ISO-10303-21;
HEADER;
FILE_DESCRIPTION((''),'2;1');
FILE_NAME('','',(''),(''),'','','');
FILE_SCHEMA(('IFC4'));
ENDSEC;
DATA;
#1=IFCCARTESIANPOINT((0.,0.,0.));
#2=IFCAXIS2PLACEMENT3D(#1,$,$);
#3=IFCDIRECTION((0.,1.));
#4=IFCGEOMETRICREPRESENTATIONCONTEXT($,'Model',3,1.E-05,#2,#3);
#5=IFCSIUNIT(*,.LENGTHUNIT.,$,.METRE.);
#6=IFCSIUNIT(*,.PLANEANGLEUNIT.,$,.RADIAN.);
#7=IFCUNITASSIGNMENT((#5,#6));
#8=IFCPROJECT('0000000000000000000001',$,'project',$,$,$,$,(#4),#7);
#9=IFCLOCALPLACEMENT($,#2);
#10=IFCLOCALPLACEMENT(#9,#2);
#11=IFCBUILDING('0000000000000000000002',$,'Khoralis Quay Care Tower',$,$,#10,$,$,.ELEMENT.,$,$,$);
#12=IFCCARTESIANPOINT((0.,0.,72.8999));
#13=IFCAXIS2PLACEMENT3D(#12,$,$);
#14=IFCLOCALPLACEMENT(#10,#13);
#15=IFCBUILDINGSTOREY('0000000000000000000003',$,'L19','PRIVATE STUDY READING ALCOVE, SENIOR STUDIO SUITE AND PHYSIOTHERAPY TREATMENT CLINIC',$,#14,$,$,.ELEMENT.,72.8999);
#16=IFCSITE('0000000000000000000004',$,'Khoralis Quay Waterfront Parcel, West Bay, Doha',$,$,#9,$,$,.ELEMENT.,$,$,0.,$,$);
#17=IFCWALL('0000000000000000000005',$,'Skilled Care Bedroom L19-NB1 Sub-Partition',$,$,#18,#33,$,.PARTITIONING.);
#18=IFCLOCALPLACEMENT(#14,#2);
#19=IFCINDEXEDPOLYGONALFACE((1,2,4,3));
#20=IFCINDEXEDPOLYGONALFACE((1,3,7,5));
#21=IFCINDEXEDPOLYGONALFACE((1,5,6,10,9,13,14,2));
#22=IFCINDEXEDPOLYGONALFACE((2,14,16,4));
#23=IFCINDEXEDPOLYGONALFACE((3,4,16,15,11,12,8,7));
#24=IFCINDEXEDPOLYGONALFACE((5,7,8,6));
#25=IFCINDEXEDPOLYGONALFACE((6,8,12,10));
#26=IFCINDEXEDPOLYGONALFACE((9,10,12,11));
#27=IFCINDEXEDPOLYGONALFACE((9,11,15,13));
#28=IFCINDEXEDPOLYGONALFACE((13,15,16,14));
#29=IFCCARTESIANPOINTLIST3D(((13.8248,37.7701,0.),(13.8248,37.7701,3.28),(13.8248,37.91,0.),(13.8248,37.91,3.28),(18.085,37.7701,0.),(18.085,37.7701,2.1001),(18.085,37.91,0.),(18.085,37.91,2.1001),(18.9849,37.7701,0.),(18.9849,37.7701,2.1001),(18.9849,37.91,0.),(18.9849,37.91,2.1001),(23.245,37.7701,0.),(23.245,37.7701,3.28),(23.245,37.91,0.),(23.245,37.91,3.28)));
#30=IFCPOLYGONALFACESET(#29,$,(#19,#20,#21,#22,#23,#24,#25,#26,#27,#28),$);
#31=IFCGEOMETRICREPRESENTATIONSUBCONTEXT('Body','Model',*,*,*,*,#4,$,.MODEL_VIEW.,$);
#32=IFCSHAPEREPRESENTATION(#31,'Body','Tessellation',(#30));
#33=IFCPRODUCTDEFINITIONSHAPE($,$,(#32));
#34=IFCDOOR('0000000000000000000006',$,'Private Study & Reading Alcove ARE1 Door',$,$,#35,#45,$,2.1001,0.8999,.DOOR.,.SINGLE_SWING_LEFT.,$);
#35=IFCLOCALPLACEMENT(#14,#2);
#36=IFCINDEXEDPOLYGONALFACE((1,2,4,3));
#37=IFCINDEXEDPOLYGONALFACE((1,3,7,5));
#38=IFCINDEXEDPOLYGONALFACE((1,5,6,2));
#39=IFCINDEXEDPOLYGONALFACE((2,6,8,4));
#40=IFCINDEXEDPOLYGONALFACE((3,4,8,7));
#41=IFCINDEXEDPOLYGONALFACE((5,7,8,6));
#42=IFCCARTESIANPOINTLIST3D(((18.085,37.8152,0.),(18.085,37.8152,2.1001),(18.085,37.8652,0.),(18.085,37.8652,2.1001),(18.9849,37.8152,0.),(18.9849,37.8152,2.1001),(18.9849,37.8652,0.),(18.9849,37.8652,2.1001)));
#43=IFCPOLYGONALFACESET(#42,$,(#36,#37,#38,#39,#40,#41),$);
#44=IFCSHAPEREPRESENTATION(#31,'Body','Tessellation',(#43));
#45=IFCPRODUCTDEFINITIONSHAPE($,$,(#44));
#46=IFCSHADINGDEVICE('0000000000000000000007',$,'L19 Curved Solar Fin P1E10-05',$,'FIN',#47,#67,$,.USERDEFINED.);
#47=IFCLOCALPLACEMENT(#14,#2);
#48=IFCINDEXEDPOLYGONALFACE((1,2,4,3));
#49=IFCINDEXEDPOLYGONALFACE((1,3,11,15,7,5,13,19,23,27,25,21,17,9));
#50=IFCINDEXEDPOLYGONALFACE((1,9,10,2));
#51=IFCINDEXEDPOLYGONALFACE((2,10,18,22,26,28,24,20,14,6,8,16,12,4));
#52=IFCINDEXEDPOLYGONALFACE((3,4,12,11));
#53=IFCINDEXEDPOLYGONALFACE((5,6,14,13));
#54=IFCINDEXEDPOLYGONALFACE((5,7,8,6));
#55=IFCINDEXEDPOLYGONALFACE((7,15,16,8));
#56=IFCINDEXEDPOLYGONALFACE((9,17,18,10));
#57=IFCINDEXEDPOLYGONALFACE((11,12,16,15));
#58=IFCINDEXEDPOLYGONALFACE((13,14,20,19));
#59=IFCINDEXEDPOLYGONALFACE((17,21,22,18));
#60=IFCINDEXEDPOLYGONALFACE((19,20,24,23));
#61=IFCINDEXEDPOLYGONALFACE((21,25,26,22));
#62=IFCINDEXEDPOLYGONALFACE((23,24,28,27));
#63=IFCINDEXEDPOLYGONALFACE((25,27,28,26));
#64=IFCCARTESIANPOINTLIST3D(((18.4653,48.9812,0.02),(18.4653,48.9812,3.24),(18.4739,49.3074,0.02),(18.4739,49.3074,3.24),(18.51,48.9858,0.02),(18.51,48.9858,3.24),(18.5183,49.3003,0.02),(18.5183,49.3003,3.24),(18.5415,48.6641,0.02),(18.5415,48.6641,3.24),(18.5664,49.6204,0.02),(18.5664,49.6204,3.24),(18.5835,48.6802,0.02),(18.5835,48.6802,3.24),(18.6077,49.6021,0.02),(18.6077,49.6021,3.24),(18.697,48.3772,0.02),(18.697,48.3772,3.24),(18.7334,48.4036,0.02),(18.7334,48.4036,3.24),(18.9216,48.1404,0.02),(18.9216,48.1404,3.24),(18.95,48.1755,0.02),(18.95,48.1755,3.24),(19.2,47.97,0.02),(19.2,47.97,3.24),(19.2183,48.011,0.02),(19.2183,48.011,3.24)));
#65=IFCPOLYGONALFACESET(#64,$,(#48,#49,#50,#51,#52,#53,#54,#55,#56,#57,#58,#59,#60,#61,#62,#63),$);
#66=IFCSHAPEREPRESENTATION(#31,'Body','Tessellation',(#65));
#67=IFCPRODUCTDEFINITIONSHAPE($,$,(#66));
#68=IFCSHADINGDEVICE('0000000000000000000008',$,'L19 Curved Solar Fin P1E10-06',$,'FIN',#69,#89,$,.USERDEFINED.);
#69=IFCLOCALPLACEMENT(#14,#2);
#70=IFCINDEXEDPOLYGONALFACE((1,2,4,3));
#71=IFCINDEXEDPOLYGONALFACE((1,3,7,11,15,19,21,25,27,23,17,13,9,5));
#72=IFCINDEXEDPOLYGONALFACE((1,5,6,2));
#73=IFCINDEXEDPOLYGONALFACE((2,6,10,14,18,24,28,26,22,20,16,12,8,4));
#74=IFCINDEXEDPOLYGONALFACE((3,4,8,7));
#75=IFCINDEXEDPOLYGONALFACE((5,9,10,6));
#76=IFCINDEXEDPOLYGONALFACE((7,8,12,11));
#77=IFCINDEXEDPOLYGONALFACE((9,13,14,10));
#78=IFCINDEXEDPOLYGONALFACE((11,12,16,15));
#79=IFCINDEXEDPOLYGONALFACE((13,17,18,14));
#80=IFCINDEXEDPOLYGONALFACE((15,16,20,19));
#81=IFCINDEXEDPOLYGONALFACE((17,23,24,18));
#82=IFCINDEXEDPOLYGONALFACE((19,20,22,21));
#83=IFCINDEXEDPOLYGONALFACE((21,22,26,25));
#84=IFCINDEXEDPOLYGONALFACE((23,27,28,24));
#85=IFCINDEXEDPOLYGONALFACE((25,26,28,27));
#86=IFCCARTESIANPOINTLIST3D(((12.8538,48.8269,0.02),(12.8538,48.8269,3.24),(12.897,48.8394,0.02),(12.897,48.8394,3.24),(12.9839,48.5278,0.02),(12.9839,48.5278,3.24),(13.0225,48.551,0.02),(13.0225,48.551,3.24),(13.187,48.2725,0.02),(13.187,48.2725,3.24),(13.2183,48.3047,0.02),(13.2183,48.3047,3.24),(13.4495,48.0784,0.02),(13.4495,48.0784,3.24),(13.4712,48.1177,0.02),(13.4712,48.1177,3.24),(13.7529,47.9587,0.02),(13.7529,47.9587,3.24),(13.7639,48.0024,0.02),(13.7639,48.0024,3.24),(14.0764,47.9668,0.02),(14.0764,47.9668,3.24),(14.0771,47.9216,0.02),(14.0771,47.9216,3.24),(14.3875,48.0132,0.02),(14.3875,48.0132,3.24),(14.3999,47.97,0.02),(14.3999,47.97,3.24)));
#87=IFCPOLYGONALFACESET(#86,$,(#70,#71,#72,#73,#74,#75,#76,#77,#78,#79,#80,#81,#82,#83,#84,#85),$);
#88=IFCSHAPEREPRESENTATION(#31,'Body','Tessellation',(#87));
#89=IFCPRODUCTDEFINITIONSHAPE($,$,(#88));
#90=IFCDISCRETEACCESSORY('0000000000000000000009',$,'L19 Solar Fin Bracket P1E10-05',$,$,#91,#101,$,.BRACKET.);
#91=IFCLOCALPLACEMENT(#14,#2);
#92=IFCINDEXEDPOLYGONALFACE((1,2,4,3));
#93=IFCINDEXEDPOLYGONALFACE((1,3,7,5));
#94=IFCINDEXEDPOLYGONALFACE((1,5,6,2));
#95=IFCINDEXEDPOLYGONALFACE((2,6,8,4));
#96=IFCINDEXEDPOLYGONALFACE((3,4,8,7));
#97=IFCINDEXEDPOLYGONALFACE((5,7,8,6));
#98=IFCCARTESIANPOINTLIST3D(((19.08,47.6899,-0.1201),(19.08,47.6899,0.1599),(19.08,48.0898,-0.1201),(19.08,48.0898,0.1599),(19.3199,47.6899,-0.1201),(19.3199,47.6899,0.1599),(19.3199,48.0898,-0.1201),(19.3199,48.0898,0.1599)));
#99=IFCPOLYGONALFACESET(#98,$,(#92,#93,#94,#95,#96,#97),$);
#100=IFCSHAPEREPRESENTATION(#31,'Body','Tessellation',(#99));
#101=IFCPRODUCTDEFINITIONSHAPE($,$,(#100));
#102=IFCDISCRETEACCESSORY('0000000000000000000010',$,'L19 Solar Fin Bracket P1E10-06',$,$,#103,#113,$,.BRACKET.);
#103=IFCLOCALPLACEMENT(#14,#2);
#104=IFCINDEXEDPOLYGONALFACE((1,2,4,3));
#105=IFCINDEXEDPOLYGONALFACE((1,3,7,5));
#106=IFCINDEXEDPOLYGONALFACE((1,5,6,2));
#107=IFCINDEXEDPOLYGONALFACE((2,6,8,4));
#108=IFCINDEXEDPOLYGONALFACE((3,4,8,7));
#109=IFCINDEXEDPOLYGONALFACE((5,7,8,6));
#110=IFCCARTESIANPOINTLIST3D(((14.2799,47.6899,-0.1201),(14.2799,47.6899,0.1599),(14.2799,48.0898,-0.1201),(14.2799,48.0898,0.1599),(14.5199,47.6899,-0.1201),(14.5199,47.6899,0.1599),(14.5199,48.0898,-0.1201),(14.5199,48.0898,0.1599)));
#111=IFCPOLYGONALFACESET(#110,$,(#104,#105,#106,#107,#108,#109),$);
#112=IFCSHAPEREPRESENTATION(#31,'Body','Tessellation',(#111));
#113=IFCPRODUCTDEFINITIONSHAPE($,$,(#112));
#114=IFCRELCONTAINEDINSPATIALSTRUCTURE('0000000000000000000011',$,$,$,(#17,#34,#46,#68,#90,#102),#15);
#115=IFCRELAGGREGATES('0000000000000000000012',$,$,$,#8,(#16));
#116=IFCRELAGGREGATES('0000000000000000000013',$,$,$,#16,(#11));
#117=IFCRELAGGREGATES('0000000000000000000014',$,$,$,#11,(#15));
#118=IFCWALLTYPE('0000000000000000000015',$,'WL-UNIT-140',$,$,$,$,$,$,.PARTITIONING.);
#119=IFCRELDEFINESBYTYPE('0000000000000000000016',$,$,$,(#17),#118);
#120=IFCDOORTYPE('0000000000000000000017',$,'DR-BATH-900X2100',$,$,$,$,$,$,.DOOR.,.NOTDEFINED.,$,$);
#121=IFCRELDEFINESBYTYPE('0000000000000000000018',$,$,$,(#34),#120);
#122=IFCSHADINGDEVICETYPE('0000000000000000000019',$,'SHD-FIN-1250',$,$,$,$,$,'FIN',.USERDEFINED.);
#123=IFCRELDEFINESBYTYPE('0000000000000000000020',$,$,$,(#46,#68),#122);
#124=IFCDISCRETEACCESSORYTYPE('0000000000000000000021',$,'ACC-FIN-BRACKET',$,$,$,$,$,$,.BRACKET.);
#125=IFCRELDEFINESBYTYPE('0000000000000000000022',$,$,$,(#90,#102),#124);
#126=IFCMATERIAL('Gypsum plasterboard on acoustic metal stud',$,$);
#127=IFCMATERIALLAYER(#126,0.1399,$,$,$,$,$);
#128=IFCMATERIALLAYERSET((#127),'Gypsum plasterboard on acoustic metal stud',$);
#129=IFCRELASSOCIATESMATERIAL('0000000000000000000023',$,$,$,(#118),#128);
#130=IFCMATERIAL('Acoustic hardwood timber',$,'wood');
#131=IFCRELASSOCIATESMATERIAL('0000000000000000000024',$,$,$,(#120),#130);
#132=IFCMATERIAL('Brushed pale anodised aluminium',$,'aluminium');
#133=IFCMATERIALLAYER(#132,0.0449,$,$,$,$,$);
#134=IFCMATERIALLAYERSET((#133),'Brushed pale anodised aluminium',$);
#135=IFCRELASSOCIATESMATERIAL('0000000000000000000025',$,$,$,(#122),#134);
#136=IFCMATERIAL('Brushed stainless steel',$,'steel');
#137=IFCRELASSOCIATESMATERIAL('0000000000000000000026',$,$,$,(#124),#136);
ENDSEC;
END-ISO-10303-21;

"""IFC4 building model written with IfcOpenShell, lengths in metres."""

from ifc_helpers import new_model, si_unit, direction, frame, frame_2d, origin, origin_2d, place, context, subcontext, project, spatial, polyline, rectangle, outline, extrude, source, transform, mapped, material, layer, layer_set, type_object, element, fill, save


model = new_model("IFC4")

# Units and contexts
model_context = context("Model", 3, precision=1e-05, world=origin(), true_north=direction((0.0, 1.0)))
body_context = subcontext(model_context, "Body", "Model", "MODEL_VIEW")
ifc_project = project(units=[si_unit("LENGTHUNIT", "METRE"), si_unit("PLANEANGLEUNIT", "RADIAN")], contexts=[model_context])

# Site, building, storey
site_placement = place(None, origin())
site = spatial("IfcSite", under=ifc_project, at=site_placement, Name="Khoralis Quay Waterfront Parcel, West Bay, Doha", CompositionType="ELEMENT", RefElevation=0.0)
building_placement = place(site_placement, origin())
building = spatial("IfcBuilding", under=site, at=building_placement, Name="Khoralis Quay Care Tower", CompositionType="ELEMENT")
storey_placement = place(building_placement, frame((0.0, 0.0, 72.8999)))
storey = spatial("IfcBuildingStorey", under=building, at=storey_placement, Name="L19", Description="PRIVATE STUDY READING ALCOVE, SENIOR STUDIO SUITE AND PHYSIOTHERAPY TREATMENT CLINIC", CompositionType="ELEMENT", Elevation=72.8999)

# Wall, opening, door
ifc_material_1 = material(Name="Gypsum plasterboard on acoustic metal stud")
ifc_layer_1 = layer(ifc_material_1, 0.1399)
ifc_layer_set_1 = layer_set([ifc_layer_1], Name="Gypsum plasterboard on acoustic metal stud")
wall_type_1 = type_object("IfcWallType", Name="WL-UNIT-140", PredefinedType="PARTITIONING", material=ifc_layer_set_1)
wall_1_placement = place(storey_placement, frame((13.825, 37.8401, 0.0), z_axis=(0.0, 0.0, 1.0), x_axis=(1.0, 0.0, 0.0)))
wall_1 = element("IfcWall", 1, at=wall_1_placement, inside=storey, type_object=wall_type_1, Name="Skilled Care Bedroom L19-NB1 Sub-Partition", PredefinedType="PARTITIONING", context=body_context, shape_type="SweptSolid", body=[
    extrude(rectangle(XDim=9.4202, YDim=0.1399, at=frame_2d((4.71, 0.0))), origin(), (0.0, 0.0, 1.0), 3.28),
])
opening_1_placement = place(wall_1_placement, frame((4.26, 0.0, 0.0)))
opening_1 = element("IfcOpeningElement", 2, at=opening_1_placement, cuts=wall_1, PredefinedType="OPENING", context=body_context, shape_type="SweptSolid", body=[
    extrude(rectangle(XDim=0.8999, YDim=2.1001, at=frame_2d((0.45, 1.05))), frame((0.0, 0.0801, 0.0), z_axis=(0.0, -1.0, 0.0), x_axis=(1.0, 0.0, 0.0)), (0.0, 0.0, 1.0), 0.1599),
])
ifc_material_2 = material(Name="Acoustic hardwood timber", Category="wood")
door_type = type_object("IfcDoorType", Name="DR-BATH-900X2100", OperationType="NOTDEFINED", PredefinedType="DOOR", material=ifc_material_2)
shared_shape_1 = source(origin(), body_context, "Body", "SweptSolid", [
    extrude(rectangle(XDim=0.8999, YDim=2.1001, at=frame_2d((0.45, 1.05))), frame((0.0, 0.0249, 0.0), z_axis=(0.0, -1.0, 0.0), x_axis=(1.0, 0.0, 0.0)), (0.0, 0.0, 1.0), 0.05),
])
door_placement = place(opening_1_placement, frame((0.8999, 0.0, 0.0), z_axis=(0.0, 0.0, 1.0), x_axis=(-1.0, 0.0, 0.0)))
door = element("IfcDoor", 3, at=door_placement, inside=storey, type_object=door_type, Name="Private Study & Reading Alcove ARE1 Door", OperationType="SINGLE_SWING_LEFT", OverallHeight=2.1001, OverallWidth=0.8999, PredefinedType="DOOR", context=body_context, shape_type="MappedRepresentation", body=[
    mapped(shared_shape_1, transform((0.0, 0.0, 0.0), scale=1.0)),
])
fill(opening_1, door)

# Shading devices
ifc_material_3 = material(Name="Brushed pale anodised aluminium", Category="aluminium")
ifc_layer_2 = layer(ifc_material_3, 0.0449)
ifc_layer_set_2 = layer_set([ifc_layer_2], Name="Brushed pale anodised aluminium")
shading_device_type = type_object("IfcShadingDeviceType", Name="SHD-FIN-1250", ElementType="FIN", PredefinedType="USERDEFINED", material=ifc_layer_set_2)
shared_shape_2 = source(origin(), body_context, "Body", "SweptSolid", [
    extrude(outline(polyline([(0.0, 0.0), (0.1704, 0.2783), (0.4072, 0.5029), (0.6941, 0.6584), (1.0112, 0.7346), (1.3374, 0.7261), (1.6504, 0.6335), (1.6321, 0.5923), (1.3303, 0.6816), (1.0159, 0.6899), (0.7102, 0.6165), (0.4336, 0.4666), (0.2056, 0.25), (0.041, -0.0183), (0.0, 0.0)])), origin(), (0.0, 0.0, 1.0), 3.22),
])
shading_device_1_placement = place(storey_placement, frame((19.2, 47.97, 0.02), z_axis=(0.0, 0.0, 1.0), x_axis=(0.0, 1.0, 0.0)))
element("IfcShadingDevice", 4, at=shading_device_1_placement, inside=storey, type_object=shading_device_type, Name="L19 Curved Solar Fin P1E10-05", ObjectType="FIN", PredefinedType="USERDEFINED", context=body_context, shape_type="MappedRepresentation", body=[
    mapped(shared_shape_2, transform((0.0, 0.0, 0.0), scale=1.0)),
])
shared_shape_3 = source(origin(), body_context, "Body", "SweptSolid", [
    extrude(outline(polyline([(0.0, 0.0), (-0.0483, 0.3228), (-0.0112, 0.647), (0.1084, 0.9504), (0.3025, 1.2129), (0.5579, 1.416), (0.8569, 1.5461), (0.8694, 1.5029), (0.5811, 1.3774), (0.3347, 1.1816), (0.1477, 0.9287), (0.0325, 0.636), (-0.0032, 0.3235), (0.0432, 0.0125), (0.0, 0.0)])), origin(), (0.0, 0.0, 1.0), 3.22),
])
shading_device_2_placement = place(storey_placement, frame((14.3999, 47.97, 0.02), z_axis=(0.0, 0.0, 1.0), x_axis=(0.0, 1.0, 0.0)))
element("IfcShadingDevice", 5, at=shading_device_2_placement, inside=storey, type_object=shading_device_type, Name="L19 Curved Solar Fin P1E10-06", ObjectType="FIN", PredefinedType="USERDEFINED", context=body_context, shape_type="MappedRepresentation", body=[
    mapped(shared_shape_3, transform((0.0, 0.0, 0.0), scale=1.0)),
])

# Discrete accessories
ifc_material_4 = material(Name="Brushed stainless steel", Category="steel")
discrete_accessory_type = type_object("IfcDiscreteAccessoryType", Name="ACC-FIN-BRACKET", PredefinedType="BRACKET", material=ifc_material_4)
shared_shape_4 = source(origin(), body_context, "Body", "SweptSolid", [
    extrude(rectangle(XDim=0.3999, YDim=0.24, at=origin_2d()), origin(), (0.0, 0.0, 1.0), 0.28),
])
for number, where, z_axis, x_axis, name in (
    (6, (19.2, 47.8899, -0.1201), (0.0, 0.0, 1.0), (0.0, 1.0, 0.0), "L19 Solar Fin Bracket P1E10-05"),
    (7, (14.3999, 47.8899, -0.1201), (0.0, 0.0, 1.0), (0.0, 1.0, 0.0), "L19 Solar Fin Bracket P1E10-06"),
):
    element("IfcDiscreteAccessory", number, at=place(storey_placement, frame(where, z_axis=z_axis, x_axis=x_axis)), inside=storey, type_object=discrete_accessory_type, Name=name, PredefinedType="BRACKET", context=body_context, shape_type="MappedRepresentation", body=[
        mapped(shared_shape_4, transform((0.0, 0.0, 0.0), scale=1.0)),
    ])

save(model, "model.ifc")
